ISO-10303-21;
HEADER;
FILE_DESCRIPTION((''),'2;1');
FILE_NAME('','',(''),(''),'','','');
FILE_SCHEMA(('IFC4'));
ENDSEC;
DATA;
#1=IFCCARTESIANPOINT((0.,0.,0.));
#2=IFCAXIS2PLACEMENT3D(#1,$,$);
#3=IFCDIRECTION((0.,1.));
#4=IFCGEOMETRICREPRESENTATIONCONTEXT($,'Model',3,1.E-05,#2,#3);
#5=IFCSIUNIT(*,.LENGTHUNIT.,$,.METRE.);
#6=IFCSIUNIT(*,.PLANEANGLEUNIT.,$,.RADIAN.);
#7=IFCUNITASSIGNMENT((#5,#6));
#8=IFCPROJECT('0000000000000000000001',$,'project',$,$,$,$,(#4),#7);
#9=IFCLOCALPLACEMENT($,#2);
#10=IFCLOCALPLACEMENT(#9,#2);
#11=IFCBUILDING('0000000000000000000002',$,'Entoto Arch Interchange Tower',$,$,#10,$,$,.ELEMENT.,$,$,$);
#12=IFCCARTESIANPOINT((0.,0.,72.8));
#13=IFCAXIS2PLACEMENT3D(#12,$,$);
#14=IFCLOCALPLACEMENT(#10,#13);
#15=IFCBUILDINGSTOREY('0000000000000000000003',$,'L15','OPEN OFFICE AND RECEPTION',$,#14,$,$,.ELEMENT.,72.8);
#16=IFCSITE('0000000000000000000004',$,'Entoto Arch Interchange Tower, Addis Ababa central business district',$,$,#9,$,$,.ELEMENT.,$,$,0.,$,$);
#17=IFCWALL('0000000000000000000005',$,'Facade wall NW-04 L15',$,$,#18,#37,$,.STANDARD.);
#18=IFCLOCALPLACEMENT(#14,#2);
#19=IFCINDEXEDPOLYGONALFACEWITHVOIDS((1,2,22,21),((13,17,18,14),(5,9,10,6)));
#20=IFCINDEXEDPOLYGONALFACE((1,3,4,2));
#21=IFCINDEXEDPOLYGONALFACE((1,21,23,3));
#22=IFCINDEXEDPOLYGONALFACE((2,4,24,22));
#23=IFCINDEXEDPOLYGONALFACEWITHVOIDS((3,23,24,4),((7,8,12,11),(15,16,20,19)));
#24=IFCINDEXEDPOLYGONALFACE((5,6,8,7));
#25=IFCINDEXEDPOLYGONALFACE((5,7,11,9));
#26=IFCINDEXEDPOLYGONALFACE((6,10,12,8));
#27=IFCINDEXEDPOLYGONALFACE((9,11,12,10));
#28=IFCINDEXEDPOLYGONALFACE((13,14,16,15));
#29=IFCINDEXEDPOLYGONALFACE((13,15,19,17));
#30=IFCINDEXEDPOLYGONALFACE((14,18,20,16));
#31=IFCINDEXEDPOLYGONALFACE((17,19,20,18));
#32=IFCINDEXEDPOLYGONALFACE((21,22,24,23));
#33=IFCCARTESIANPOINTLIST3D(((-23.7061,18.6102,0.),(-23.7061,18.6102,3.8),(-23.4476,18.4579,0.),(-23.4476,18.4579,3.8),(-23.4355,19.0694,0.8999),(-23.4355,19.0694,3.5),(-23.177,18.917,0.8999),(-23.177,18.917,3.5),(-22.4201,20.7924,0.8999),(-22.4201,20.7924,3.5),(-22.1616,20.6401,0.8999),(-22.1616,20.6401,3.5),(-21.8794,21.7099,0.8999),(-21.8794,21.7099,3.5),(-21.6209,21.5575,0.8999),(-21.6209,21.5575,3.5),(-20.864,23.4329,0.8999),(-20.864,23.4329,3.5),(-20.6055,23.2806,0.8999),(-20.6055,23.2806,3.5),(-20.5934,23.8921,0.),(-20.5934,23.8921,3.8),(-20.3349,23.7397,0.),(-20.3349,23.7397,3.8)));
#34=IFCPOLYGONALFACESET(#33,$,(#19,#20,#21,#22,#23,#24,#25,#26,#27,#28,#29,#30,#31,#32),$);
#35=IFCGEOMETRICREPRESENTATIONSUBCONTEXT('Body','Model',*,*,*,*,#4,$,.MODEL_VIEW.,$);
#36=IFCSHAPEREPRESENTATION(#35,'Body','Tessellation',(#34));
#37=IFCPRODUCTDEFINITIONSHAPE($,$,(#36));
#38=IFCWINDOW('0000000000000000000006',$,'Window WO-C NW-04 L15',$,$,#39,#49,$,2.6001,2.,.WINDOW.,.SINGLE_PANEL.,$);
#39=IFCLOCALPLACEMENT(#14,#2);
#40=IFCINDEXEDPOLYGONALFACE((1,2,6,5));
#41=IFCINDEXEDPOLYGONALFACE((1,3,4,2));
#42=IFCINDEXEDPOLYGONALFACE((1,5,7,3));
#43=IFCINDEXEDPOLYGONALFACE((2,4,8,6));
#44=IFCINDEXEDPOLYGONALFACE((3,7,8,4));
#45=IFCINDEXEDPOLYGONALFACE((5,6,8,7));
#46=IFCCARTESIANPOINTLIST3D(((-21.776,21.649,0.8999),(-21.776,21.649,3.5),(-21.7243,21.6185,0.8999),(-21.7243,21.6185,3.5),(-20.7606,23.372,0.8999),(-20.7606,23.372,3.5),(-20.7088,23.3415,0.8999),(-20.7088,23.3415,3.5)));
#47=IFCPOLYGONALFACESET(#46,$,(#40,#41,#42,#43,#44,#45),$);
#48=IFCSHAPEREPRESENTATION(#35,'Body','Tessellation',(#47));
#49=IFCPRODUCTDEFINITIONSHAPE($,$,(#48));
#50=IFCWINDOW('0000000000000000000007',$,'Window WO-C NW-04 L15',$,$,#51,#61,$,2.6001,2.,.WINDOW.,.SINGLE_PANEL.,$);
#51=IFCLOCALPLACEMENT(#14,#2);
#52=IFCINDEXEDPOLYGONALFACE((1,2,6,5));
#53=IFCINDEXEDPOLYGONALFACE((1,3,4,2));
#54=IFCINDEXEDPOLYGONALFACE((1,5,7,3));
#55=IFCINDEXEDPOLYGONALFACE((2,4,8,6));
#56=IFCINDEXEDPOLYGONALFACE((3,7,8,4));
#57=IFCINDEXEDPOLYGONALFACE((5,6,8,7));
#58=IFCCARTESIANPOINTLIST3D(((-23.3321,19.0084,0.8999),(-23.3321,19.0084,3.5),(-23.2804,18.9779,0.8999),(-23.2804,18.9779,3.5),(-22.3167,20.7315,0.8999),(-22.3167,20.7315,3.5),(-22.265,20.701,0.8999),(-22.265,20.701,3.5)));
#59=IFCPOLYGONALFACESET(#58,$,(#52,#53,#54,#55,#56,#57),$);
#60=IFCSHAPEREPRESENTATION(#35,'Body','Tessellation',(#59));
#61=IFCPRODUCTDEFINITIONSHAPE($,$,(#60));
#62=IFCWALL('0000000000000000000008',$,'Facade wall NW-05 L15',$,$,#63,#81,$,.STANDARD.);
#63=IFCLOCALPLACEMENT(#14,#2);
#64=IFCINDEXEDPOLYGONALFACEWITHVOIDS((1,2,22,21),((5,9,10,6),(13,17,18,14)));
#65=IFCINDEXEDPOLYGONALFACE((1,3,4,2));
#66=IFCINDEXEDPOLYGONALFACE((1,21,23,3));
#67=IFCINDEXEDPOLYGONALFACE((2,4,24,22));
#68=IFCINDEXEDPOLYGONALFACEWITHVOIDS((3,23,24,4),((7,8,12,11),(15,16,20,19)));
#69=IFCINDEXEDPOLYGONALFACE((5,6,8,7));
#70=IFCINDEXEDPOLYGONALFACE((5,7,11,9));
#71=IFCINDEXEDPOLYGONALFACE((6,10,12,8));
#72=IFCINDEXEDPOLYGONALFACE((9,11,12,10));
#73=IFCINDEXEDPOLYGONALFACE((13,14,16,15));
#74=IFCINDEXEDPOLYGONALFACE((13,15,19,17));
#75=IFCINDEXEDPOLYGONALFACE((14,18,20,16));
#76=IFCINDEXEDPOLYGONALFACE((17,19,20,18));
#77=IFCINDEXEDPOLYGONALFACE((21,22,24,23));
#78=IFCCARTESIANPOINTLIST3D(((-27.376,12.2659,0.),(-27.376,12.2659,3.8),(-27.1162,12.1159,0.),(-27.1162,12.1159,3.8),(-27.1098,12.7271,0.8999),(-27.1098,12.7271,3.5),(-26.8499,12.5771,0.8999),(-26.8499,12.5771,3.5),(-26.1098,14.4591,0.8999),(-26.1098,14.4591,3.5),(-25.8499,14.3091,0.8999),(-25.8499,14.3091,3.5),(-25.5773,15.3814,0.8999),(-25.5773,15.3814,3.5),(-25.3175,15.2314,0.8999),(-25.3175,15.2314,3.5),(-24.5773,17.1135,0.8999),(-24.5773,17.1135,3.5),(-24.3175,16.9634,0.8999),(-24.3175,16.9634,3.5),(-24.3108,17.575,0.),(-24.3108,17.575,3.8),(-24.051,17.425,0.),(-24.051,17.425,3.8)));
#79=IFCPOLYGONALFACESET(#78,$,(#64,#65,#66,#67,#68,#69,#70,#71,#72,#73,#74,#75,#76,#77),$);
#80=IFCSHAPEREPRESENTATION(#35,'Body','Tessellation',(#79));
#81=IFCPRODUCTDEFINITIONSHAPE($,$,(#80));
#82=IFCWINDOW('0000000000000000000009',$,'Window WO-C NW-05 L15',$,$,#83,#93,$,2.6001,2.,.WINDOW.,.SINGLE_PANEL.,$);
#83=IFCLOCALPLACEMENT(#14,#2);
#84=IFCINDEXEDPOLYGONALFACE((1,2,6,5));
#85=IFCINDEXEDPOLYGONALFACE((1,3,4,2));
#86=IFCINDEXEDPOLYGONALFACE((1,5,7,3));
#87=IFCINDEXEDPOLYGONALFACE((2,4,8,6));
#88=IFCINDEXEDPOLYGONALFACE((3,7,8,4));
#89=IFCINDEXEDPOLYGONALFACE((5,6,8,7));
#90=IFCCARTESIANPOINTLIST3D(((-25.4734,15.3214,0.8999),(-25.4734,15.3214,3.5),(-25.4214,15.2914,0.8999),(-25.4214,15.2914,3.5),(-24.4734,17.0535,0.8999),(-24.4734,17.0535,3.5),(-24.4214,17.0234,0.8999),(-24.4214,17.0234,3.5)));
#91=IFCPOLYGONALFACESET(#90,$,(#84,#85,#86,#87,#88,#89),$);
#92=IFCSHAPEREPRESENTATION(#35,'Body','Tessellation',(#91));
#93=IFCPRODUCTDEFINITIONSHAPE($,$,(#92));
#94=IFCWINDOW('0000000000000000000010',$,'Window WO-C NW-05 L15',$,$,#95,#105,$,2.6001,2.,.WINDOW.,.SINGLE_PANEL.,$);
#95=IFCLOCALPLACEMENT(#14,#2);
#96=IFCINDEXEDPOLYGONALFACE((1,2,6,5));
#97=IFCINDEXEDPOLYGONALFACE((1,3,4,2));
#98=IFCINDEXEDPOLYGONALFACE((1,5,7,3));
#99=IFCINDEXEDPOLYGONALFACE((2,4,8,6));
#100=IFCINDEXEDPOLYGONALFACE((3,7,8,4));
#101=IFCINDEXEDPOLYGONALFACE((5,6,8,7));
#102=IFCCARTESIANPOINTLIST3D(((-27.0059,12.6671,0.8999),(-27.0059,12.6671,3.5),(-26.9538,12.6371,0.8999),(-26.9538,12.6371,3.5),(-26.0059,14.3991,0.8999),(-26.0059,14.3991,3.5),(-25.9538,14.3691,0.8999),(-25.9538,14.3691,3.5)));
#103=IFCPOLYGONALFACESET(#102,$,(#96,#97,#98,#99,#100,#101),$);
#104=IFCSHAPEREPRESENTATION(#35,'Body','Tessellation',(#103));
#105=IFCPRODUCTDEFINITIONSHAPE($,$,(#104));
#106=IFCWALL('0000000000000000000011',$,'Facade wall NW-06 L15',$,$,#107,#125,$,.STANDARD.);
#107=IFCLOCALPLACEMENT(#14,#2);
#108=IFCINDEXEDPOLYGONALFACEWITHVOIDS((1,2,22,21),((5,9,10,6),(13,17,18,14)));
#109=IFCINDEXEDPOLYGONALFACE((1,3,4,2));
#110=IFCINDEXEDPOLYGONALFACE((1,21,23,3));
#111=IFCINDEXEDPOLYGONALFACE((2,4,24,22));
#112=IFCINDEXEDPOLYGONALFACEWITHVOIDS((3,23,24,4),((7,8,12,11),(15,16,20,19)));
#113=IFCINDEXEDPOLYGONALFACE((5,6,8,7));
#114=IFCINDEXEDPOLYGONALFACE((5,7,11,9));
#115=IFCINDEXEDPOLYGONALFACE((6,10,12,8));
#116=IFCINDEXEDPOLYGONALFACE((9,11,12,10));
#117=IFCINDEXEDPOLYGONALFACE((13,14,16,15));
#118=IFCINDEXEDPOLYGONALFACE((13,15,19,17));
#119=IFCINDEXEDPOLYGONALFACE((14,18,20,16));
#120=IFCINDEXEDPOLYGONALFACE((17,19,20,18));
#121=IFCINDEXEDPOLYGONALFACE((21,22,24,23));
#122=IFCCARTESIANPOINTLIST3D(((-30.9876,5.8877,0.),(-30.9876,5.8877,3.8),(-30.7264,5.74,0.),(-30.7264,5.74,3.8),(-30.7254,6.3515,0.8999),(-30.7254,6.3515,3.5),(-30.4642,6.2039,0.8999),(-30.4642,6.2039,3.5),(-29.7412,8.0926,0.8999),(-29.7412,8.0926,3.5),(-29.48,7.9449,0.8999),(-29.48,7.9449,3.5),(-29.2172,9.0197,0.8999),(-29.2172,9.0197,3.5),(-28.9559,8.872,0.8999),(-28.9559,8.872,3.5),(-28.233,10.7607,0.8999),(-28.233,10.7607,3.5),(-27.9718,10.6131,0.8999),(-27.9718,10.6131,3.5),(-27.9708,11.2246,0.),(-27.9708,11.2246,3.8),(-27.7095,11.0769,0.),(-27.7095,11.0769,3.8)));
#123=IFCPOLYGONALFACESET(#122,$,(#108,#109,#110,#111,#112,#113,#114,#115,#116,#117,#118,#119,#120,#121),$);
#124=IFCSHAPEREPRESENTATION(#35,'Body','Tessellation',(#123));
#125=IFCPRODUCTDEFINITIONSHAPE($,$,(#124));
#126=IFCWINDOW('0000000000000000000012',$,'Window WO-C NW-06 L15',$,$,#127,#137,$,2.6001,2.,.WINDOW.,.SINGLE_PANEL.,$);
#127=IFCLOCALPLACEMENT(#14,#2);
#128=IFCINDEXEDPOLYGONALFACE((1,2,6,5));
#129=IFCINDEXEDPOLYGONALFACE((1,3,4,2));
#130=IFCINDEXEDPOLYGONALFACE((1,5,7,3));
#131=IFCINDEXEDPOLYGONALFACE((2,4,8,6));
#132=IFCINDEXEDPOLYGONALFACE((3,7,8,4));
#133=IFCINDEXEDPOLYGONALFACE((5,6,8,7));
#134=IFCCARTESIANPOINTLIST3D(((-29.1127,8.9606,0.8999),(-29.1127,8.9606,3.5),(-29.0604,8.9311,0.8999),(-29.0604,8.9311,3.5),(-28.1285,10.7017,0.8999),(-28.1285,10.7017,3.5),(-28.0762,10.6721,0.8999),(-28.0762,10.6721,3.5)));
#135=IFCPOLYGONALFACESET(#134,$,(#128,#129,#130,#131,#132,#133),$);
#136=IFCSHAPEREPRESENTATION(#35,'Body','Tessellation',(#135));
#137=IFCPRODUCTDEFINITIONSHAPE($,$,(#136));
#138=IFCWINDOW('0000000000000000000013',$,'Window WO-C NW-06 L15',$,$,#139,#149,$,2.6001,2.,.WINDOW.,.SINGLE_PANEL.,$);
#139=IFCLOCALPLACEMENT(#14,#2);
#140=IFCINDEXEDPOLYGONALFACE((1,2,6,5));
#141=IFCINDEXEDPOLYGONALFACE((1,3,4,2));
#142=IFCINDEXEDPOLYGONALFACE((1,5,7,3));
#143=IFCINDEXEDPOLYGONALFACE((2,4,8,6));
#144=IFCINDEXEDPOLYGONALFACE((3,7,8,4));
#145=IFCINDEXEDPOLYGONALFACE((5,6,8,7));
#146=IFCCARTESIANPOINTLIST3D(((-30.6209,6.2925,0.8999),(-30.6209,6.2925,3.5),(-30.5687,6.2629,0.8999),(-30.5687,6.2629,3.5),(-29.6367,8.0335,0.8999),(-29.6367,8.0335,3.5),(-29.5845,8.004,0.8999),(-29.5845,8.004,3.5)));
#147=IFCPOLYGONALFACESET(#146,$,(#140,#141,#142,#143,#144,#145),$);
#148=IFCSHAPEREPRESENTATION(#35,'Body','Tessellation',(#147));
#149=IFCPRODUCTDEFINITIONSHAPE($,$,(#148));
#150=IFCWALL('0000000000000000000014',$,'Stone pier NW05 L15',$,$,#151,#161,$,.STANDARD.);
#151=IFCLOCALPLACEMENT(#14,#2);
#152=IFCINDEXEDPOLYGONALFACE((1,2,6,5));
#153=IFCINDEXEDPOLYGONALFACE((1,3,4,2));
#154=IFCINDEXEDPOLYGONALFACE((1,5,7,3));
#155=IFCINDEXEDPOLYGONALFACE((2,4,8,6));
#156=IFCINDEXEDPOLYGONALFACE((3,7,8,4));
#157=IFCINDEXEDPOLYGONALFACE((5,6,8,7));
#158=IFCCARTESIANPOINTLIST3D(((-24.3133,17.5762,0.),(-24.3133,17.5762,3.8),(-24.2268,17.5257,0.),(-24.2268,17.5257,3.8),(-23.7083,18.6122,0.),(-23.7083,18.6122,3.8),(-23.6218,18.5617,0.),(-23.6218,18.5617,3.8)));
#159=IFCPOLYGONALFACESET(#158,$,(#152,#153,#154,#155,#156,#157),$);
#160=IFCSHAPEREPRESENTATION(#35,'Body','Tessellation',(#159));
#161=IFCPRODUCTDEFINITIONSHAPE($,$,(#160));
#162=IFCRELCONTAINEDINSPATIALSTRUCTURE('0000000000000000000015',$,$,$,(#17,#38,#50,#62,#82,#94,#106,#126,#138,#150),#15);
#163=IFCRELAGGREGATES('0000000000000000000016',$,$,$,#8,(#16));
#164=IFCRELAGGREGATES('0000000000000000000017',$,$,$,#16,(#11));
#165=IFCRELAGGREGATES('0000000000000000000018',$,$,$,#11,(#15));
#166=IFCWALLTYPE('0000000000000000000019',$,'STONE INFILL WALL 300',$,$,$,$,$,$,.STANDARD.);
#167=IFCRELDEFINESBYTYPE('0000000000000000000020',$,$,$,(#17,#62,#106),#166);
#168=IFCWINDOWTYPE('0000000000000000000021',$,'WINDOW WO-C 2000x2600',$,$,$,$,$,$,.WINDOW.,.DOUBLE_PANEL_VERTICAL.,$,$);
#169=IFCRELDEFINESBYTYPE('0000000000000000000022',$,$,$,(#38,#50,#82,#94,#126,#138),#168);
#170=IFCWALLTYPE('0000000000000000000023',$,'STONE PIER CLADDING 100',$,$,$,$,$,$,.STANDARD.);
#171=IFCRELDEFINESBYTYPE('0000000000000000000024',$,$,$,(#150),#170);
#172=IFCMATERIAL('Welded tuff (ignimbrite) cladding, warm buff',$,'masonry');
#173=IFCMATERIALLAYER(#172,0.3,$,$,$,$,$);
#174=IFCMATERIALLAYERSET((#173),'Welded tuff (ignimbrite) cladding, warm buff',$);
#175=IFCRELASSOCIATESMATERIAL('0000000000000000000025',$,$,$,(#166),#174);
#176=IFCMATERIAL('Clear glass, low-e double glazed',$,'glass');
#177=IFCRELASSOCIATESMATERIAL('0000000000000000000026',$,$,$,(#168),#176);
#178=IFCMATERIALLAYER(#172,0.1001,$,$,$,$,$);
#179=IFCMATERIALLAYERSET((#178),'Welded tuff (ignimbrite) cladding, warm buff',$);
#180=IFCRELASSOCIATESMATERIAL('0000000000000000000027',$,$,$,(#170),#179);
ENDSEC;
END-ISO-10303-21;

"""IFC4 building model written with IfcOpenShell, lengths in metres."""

from ifc_helpers import new_model, si_unit, direction, frame, frame_2d, origin, place, context, subcontext, project, spatial, rectangle, extrude, material, layer, layer_set, type_object, element, fill, save


model = new_model("IFC4")

# Units and contexts
model_context = context("Model", 3, precision=1e-05, world=origin(), true_north=direction((0.0, 1.0)))
body_context = subcontext(model_context, "Body", "Model", "MODEL_VIEW")
ifc_project = project(units=[si_unit("LENGTHUNIT", "METRE"), si_unit("PLANEANGLEUNIT", "RADIAN")], contexts=[model_context])

# Site, building, storey
site_placement = place(None, origin())
site = spatial("IfcSite", under=ifc_project, at=site_placement, Name="Entoto Arch Interchange Tower, Addis Ababa central business district", CompositionType="ELEMENT", RefElevation=0.0)
building_placement = place(site_placement, origin())
building = spatial("IfcBuilding", under=site, at=building_placement, Name="Entoto Arch Interchange Tower", CompositionType="ELEMENT")
storey_placement = place(building_placement, frame((0.0, 0.0, 72.8)))
storey = spatial("IfcBuildingStorey", under=building, at=storey_placement, Name="L15", Description="OPEN OFFICE AND RECEPTION", CompositionType="ELEMENT", Elevation=72.8)

# Walls, openings, windows
ifc_material_1 = material(Name="Welded tuff (ignimbrite) cladding, warm buff", Category="masonry")
ifc_layer_1 = layer(ifc_material_1, 0.3)
ifc_layer_set_1 = layer_set([ifc_layer_1], Name="Welded tuff (ignimbrite) cladding, warm buff")
wall_type_1 = type_object("IfcWallType", Name="STONE INFILL WALL 300", PredefinedType="STANDARD", material=ifc_layer_set_1)
wall_1_placement = place(storey_placement, frame((-20.4641, 23.8159, 0.0), z_axis=(0.0, 0.0, 1.0), x_axis=(-0.507716, -0.861524, 0.0)))
wall_1 = element("IfcWall", 1, at=wall_1_placement, inside=storey, type_object=wall_type_1, Name="Facade wall NW-04 L15", PredefinedType="STANDARD", context=body_context, shape_type="SweptSolid", body=[
    extrude(rectangle(XDim=6.1309, YDim=0.3, at=frame_2d((3.0654, 0.0))), origin(), (0.0, 0.0, 1.0), 3.8),
])
opening_1_placement = place(wall_1_placement, frame((0.533, 0.0, 0.8999)))
opening_1 = element("IfcOpeningElement", 2, at=opening_1_placement, cuts=wall_1, PredefinedType="OPENING", context=body_context, shape_type="SweptSolid", body=[
    extrude(rectangle(XDim=2.0, YDim=2.6001, at=frame_2d((1.0, 1.3))), frame((0.0, 0.1602, 0.0), z_axis=(0.0, -1.0, 0.0), x_axis=(1.0, 0.0, 0.0)), (0.0, 0.0, 1.0), 0.3201),
])
opening_2_placement = place(wall_1_placement, frame((3.5979, 0.0, 0.8999)))
opening_2 = element("IfcOpeningElement", 3, at=opening_2_placement, cuts=wall_1, PredefinedType="OPENING", context=body_context, shape_type="SweptSolid", body=[
    extrude(rectangle(XDim=2.0, YDim=2.6001, at=frame_2d((1.0, 1.3))), frame((0.0, 0.1602, 0.0), z_axis=(0.0, -1.0, 0.0), x_axis=(1.0, 0.0, 0.0)), (0.0, 0.0, 1.0), 0.3201),
])
ifc_material_2 = material(Name="Clear glass, low-e double glazed", Category="glass")
window_type = type_object("IfcWindowType", Name="WINDOW WO-C 2000x2600", PartitioningType="DOUBLE_PANEL_VERTICAL", PredefinedType="WINDOW", material=ifc_material_2)
window_1_placement = place(opening_1_placement, origin())
window_1 = element("IfcWindow", 4, at=window_1_placement, inside=storey, type_object=window_type, Name="Window WO-C NW-04 L15", OverallHeight=2.6001, OverallWidth=2.0, PartitioningType="SINGLE_PANEL", PredefinedType="WINDOW", context=body_context, shape_type="SweptSolid", body=[
    extrude(rectangle(XDim=2.0, YDim=2.6001, at=frame_2d((1.0, 1.3))), frame((0.0, 0.03, 0.0), z_axis=(0.0, -1.0, 0.0), x_axis=(1.0, 0.0, 0.0)), (0.0, 0.0, 1.0), 0.0601),
])
fill(opening_1, window_1)
window_2_placement = place(opening_2_placement, origin())
window_2 = element("IfcWindow", 5, at=window_2_placement, inside=storey, type_object=window_type, Name="Window WO-C NW-04 L15", OverallHeight=2.6001, OverallWidth=2.0, PartitioningType="SINGLE_PANEL", PredefinedType="WINDOW", context=body_context, shape_type="SweptSolid", body=[
    extrude(rectangle(XDim=2.0, YDim=2.6001, at=frame_2d((1.0, 1.3))), frame((0.0, 0.03, 0.0), z_axis=(0.0, -1.0, 0.0), x_axis=(1.0, 0.0, 0.0)), (0.0, 0.0, 1.0), 0.0601),
])
fill(opening_2, window_2)
wall_2_placement = place(storey_placement, frame((-24.1809, 17.5, 0.0), z_axis=(0.0, 0.0, 1.0), x_axis=(-0.499998, -0.866026, 0.0)))
wall_2 = element("IfcWall", 6, at=wall_2_placement, inside=storey, type_object=wall_type_1, Name="Facade wall NW-05 L15", PredefinedType="STANDARD", context=body_context, shape_type="SweptSolid", body=[
    extrude(rectangle(XDim=6.1304, YDim=0.3, at=frame_2d((3.0652, 0.0))), origin(), (0.0, 0.0, 1.0), 3.8),
])
opening_3_placement = place(wall_2_placement, frame((0.533, 0.0, 0.8999)))
opening_3 = element("IfcOpeningElement", 7, at=opening_3_placement, cuts=wall_2, PredefinedType="OPENING", context=body_context, shape_type="SweptSolid", body=[
    extrude(rectangle(XDim=2.0, YDim=2.6001, at=frame_2d((1.0, 1.3))), frame((0.0, 0.1602, 0.0), z_axis=(0.0, -1.0, 0.0), x_axis=(1.0, 0.0, 0.0)), (0.0, 0.0, 1.0), 0.3201),
])
opening_4_placement = place(wall_2_placement, frame((3.5979, 0.0, 0.8999)))
opening_4 = element("IfcOpeningElement", 8, at=opening_4_placement, cuts=wall_2, PredefinedType="OPENING", context=body_context, shape_type="SweptSolid", body=[
    extrude(rectangle(XDim=2.0, YDim=2.6001, at=frame_2d((1.0, 1.3))), frame((0.0, 0.1602, 0.0), z_axis=(0.0, -1.0, 0.0), x_axis=(1.0, 0.0, 0.0)), (0.0, 0.0, 1.0), 0.3201),
])
window_3_placement = place(opening_3_placement, origin())
window_3 = element("IfcWindow", 9, at=window_3_placement, inside=storey, type_object=window_type, Name="Window WO-C NW-05 L15", OverallHeight=2.6001, OverallWidth=2.0, PartitioningType="SINGLE_PANEL", PredefinedType="WINDOW", context=body_context, shape_type="SweptSolid", body=[
    extrude(rectangle(XDim=2.0, YDim=2.6001, at=frame_2d((1.0, 1.3))), frame((0.0, 0.03, 0.0), z_axis=(0.0, -1.0, 0.0), x_axis=(1.0, 0.0, 0.0)), (0.0, 0.0, 1.0), 0.0601),
])
fill(opening_3, window_3)
window_4_placement = place(opening_4_placement, origin())
window_4 = element("IfcWindow", 10, at=window_4_placement, inside=storey, type_object=window_type, Name="Window WO-C NW-05 L15", OverallHeight=2.6001, OverallWidth=2.0, PartitioningType="SINGLE_PANEL", PredefinedType="WINDOW", context=body_context, shape_type="SweptSolid", body=[
    extrude(rectangle(XDim=2.0, YDim=2.6001, at=frame_2d((1.0, 1.3))), frame((0.0, 0.03, 0.0), z_axis=(0.0, -1.0, 0.0), x_axis=(1.0, 0.0, 0.0)), (0.0, 0.0, 1.0), 0.0601),
])
fill(opening_4, window_4)
wall_3_placement = place(storey_placement, frame((-27.8401, 11.1509, 0.0), z_axis=(0.0, 0.0, 1.0), x_axis=(-0.492098, -0.87054, 0.0)))
wall_3 = element("IfcWall", 11, at=wall_3_placement, inside=storey, type_object=wall_type_1, Name="Facade wall NW-06 L15", PredefinedType="STANDARD", context=body_context, shape_type="SweptSolid", body=[
    extrude(rectangle(XDim=6.1306, YDim=0.3, at=frame_2d((3.0654, 0.0))), origin(), (0.0, 0.0, 1.0), 3.8),
])
opening_5_placement = place(wall_3_placement, frame((0.533, 0.0, 0.8999)))
opening_5 = element("IfcOpeningElement", 12, at=opening_5_placement, cuts=wall_3, PredefinedType="OPENING", context=body_context, shape_type="SweptSolid", body=[
    extrude(rectangle(XDim=2.0, YDim=2.6001, at=frame_2d((1.0, 1.3))), frame((0.0, 0.1602, 0.0), z_axis=(0.0, -1.0, 0.0), x_axis=(1.0, 0.0, 0.0)), (0.0, 0.0, 1.0), 0.3201),
])
opening_6_placement = place(wall_3_placement, frame((3.5979, 0.0, 0.8999)))
opening_6 = element("IfcOpeningElement", 13, at=opening_6_placement, cuts=wall_3, PredefinedType="OPENING", context=body_context, shape_type="SweptSolid", body=[
    extrude(rectangle(XDim=2.0, YDim=2.6001, at=frame_2d((1.0, 1.3))), frame((0.0, 0.1602, 0.0), z_axis=(0.0, -1.0, 0.0), x_axis=(1.0, 0.0, 0.0)), (0.0, 0.0, 1.0), 0.3201),
])
window_5_placement = place(opening_5_placement, origin())
window_5 = element("IfcWindow", 14, at=window_5_placement, inside=storey, type_object=window_type, Name="Window WO-C NW-06 L15", OverallHeight=2.6001, OverallWidth=2.0, PartitioningType="SINGLE_PANEL", PredefinedType="WINDOW", context=body_context, shape_type="SweptSolid", body=[
    extrude(rectangle(XDim=2.0, YDim=2.6001, at=frame_2d((1.0, 1.3))), frame((0.0, 0.03, 0.0), z_axis=(0.0, -1.0, 0.0), x_axis=(1.0, 0.0, 0.0)), (0.0, 0.0, 1.0), 0.0601),
])
fill(opening_5, window_5)
window_6_placement = place(opening_6_placement, origin())
window_6 = element("IfcWindow", 15, at=window_6_placement, inside=storey, type_object=window_type, Name="Window WO-C NW-06 L15", OverallHeight=2.6001, OverallWidth=2.0, PartitioningType="SINGLE_PANEL", PredefinedType="WINDOW", context=body_context, shape_type="SweptSolid", body=[
    extrude(rectangle(XDim=2.0, YDim=2.6001, at=frame_2d((1.0, 1.3))), frame((0.0, 0.03, 0.0), z_axis=(0.0, -1.0, 0.0), x_axis=(1.0, 0.0, 0.0)), (0.0, 0.0, 1.0), 0.0601),
])
fill(opening_6, window_6)

# Wall
ifc_layer_2 = layer(ifc_material_1, 0.1001)
ifc_layer_set_2 = layer_set([ifc_layer_2], Name="Welded tuff (ignimbrite) cladding, warm buff")
wall_type_2 = type_object("IfcWallType", Name="STONE PIER CLADDING 100", PredefinedType="STANDARD", material=ifc_layer_set_2)
wall_4_placement = place(storey_placement, frame((-23.665, 18.5869, 0.0), z_axis=(0.0, 0.0, 1.0), x_axis=(-0.504314, -0.86352, 0.0)))
element("IfcWall", 16, at=wall_4_placement, inside=storey, type_object=wall_type_2, Name="Stone pier NW05 L15", PredefinedType="STANDARD", context=body_context, shape_type="SweptSolid", body=[
    extrude(rectangle(XDim=1.1997, YDim=0.1001, at=frame_2d((0.5999, 0.0))), origin(), (0.0, 0.0, 1.0), 3.8),
])

save(model, "model.ifc")
